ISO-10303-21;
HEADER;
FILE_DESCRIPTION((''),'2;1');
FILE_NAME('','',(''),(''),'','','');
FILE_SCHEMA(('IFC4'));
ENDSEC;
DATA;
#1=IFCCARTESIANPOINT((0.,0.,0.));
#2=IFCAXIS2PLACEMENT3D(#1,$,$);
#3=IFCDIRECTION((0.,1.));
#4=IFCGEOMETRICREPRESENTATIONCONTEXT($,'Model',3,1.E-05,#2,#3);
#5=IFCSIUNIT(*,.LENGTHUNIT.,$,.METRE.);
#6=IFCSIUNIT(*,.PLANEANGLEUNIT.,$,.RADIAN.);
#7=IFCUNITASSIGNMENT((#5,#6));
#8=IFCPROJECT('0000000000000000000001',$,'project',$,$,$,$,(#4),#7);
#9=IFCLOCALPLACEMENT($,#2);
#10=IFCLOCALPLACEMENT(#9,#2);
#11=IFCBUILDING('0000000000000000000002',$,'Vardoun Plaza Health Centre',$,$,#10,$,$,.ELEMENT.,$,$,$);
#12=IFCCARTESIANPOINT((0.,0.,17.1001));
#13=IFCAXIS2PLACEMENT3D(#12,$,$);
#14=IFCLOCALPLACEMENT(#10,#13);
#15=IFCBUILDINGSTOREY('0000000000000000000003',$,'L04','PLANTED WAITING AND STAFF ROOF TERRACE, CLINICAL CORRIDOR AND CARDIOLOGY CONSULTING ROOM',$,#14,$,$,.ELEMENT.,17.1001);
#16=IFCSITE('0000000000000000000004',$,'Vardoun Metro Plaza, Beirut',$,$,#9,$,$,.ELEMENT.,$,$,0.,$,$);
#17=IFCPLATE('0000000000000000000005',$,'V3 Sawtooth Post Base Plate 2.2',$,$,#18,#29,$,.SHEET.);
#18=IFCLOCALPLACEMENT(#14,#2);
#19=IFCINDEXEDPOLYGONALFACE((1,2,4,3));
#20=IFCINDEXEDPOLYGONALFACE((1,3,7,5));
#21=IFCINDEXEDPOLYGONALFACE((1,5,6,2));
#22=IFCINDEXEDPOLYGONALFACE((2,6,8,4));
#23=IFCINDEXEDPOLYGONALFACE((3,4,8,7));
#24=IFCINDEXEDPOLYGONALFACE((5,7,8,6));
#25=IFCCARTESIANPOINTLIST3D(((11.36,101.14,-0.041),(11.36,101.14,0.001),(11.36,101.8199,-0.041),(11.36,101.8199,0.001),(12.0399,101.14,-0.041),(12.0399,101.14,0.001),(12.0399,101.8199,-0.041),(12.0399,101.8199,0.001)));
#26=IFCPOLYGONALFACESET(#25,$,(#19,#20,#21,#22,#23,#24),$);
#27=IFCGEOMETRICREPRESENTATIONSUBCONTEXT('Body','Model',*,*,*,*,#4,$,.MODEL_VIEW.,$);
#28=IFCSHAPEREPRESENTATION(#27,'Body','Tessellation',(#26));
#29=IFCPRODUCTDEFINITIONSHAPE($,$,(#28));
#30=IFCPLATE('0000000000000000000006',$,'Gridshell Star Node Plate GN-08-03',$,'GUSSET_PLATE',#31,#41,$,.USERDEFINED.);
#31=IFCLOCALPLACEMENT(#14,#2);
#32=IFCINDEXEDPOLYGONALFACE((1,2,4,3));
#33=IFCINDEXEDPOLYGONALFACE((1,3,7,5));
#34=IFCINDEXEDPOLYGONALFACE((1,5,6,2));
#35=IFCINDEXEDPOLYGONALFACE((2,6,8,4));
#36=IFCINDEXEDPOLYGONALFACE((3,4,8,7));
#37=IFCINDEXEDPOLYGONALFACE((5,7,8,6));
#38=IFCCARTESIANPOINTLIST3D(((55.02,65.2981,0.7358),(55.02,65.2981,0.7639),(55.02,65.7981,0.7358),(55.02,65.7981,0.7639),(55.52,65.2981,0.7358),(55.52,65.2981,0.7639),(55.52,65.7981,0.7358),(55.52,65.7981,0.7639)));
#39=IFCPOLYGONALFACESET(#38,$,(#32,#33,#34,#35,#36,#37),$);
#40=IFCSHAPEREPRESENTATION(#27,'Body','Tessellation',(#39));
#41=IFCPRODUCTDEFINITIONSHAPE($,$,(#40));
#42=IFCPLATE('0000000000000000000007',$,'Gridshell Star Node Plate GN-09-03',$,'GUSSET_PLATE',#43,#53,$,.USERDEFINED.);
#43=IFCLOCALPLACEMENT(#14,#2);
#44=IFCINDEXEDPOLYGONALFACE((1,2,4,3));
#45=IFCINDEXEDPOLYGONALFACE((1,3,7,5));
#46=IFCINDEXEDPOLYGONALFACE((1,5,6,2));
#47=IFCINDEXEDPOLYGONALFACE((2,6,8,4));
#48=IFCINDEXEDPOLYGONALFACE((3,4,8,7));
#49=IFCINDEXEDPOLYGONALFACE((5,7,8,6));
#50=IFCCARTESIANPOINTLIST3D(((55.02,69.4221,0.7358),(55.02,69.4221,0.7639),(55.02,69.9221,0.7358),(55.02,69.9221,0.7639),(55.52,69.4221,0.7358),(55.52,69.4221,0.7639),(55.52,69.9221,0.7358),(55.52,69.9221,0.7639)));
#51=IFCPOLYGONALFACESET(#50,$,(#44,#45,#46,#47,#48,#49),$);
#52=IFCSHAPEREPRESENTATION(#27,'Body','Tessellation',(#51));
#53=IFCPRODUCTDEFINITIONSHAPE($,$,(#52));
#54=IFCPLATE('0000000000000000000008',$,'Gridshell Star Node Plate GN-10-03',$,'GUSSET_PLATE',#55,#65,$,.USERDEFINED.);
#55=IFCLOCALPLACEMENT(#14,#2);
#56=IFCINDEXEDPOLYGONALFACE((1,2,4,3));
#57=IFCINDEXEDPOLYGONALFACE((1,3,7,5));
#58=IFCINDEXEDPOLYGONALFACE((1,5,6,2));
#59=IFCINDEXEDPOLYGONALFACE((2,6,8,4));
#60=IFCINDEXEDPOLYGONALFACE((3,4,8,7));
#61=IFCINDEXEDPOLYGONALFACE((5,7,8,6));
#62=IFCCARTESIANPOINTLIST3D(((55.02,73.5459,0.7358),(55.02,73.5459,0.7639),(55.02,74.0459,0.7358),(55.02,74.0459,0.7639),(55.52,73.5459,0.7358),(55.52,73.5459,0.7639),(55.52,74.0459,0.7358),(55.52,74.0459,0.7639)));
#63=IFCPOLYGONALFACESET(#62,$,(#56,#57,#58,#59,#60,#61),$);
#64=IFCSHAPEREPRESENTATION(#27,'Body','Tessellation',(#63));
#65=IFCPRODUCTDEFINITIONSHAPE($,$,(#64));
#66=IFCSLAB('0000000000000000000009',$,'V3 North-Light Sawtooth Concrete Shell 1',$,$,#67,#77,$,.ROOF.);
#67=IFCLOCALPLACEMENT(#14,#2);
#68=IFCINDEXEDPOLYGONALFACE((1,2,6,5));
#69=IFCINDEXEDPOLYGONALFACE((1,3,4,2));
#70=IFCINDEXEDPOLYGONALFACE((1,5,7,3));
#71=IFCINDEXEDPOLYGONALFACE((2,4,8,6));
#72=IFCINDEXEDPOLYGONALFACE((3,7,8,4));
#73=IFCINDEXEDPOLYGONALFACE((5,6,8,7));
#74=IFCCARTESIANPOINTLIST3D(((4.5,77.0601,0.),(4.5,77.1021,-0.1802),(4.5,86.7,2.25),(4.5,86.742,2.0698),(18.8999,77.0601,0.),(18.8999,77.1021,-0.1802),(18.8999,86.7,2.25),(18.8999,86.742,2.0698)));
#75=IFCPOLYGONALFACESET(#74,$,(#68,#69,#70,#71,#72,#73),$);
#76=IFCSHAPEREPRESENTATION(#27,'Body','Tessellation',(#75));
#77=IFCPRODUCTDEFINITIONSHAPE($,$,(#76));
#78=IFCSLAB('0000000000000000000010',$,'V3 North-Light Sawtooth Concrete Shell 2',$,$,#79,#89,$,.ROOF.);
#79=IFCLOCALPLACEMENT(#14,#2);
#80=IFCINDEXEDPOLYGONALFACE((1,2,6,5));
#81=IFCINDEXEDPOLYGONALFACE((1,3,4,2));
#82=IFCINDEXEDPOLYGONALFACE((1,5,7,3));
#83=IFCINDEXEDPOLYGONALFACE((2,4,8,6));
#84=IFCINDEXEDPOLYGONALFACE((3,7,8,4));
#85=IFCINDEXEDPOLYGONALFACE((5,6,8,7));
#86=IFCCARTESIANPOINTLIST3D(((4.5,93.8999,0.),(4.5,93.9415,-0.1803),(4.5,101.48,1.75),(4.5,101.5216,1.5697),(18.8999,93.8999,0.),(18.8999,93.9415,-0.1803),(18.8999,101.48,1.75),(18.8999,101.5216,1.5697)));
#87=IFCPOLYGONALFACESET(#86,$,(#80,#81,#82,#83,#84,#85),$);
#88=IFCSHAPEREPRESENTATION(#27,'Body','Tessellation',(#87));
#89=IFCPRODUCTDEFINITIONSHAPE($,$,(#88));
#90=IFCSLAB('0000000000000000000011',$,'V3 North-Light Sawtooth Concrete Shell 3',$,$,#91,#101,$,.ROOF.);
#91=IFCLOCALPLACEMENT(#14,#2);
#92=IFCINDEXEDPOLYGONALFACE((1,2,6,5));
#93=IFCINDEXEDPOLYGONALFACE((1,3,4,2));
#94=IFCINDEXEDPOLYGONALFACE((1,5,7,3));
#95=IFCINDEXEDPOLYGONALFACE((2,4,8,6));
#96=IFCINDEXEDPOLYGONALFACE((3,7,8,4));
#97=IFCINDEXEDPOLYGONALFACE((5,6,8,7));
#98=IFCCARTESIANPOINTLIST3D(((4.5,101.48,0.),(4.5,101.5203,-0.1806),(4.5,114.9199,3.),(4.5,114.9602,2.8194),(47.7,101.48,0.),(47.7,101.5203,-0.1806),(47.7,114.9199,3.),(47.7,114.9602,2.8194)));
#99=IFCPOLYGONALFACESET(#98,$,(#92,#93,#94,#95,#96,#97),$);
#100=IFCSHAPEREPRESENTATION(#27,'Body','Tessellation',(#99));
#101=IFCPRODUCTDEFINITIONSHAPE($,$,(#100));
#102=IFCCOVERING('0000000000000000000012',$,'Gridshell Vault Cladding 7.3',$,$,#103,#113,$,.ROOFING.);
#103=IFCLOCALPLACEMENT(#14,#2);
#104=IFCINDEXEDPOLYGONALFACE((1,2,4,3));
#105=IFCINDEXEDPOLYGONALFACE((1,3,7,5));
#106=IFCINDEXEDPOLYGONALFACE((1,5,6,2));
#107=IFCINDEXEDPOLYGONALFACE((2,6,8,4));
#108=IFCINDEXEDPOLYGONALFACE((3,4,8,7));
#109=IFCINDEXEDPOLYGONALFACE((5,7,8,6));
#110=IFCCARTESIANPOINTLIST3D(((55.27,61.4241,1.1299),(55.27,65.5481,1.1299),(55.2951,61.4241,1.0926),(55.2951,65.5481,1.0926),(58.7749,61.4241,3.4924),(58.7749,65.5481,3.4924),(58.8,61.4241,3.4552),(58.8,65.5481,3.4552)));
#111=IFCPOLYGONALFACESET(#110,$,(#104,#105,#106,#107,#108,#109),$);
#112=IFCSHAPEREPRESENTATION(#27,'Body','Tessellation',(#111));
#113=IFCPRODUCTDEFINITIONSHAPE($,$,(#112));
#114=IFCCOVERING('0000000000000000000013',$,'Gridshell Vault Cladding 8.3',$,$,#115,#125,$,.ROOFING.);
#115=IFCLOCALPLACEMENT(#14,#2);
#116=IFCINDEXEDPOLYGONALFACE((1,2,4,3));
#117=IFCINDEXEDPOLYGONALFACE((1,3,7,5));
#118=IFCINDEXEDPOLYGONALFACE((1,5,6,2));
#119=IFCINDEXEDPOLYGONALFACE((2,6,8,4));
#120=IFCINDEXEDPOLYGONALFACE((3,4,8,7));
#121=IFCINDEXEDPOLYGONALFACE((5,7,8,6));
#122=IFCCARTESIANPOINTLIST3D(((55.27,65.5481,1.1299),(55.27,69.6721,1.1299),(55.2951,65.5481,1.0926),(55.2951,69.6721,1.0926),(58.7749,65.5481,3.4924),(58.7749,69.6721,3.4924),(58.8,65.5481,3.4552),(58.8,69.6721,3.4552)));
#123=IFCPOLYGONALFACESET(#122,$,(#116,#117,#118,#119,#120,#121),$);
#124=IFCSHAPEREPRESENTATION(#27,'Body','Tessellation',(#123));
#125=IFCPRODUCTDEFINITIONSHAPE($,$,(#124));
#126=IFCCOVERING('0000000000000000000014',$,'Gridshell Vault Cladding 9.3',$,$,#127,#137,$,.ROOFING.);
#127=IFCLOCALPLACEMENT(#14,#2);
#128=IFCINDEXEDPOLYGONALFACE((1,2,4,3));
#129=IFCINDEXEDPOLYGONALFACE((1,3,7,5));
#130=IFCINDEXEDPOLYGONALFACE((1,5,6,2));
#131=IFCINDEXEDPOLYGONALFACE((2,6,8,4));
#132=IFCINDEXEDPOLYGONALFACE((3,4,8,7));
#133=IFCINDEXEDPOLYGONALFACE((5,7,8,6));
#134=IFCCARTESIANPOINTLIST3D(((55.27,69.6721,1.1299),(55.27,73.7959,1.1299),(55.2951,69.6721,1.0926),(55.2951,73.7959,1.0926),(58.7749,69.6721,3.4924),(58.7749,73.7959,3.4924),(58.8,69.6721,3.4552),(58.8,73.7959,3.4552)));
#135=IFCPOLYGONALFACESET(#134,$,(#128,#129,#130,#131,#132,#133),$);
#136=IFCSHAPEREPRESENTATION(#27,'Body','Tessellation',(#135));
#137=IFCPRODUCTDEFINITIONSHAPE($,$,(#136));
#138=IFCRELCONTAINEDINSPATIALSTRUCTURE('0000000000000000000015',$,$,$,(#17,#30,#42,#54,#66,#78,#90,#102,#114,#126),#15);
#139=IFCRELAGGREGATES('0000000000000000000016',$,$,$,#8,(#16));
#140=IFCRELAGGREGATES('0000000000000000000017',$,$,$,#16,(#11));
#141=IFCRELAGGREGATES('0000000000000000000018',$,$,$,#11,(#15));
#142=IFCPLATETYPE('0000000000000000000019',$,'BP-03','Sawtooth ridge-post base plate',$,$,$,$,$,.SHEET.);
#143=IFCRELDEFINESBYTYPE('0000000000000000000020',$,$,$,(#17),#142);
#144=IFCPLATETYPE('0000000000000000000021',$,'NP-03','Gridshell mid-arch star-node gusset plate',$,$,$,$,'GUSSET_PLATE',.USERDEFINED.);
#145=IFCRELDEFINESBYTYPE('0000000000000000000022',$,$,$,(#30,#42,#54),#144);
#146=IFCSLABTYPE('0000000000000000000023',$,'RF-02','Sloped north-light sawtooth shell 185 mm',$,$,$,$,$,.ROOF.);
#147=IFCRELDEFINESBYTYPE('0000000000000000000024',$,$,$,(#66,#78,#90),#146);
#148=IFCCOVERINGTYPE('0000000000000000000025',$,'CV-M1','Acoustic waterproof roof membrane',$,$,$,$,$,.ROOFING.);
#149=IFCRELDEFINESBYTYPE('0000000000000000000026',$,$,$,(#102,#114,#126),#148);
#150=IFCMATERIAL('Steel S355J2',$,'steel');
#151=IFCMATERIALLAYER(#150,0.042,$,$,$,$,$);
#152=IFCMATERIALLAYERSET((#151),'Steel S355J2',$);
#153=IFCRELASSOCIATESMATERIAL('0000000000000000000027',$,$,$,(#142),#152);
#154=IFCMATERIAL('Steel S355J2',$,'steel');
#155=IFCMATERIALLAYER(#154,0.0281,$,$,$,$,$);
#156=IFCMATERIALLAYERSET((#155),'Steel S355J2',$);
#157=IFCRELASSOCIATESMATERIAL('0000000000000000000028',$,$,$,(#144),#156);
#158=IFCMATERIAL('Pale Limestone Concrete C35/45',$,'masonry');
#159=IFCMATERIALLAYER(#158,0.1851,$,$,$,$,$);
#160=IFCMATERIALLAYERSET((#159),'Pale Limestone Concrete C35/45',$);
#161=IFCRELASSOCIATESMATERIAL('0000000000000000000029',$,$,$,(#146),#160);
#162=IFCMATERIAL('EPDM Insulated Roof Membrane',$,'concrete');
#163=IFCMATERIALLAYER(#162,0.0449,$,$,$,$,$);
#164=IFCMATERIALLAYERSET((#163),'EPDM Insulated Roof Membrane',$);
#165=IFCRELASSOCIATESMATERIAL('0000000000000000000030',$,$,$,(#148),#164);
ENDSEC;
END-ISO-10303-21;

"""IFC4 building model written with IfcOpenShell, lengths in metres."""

from ifc_helpers import new_model, si_unit, direction, frame, origin, origin_2d, place, context, subcontext, project, spatial, polyline, rectangle, outline, extrude, material, layer, layer_set, type_object, element, save


model = new_model("IFC4")

# Units and contexts
model_context = context("Model", 3, precision=1e-05, world=origin(), true_north=direction((0.0, 1.0)))
body_context = subcontext(model_context, "Body", "Model", "MODEL_VIEW")
ifc_project = project(units=[si_unit("LENGTHUNIT", "METRE"), si_unit("PLANEANGLEUNIT", "RADIAN")], contexts=[model_context])

# Site, building, storey
site_placement = place(None, origin())
site = spatial("IfcSite", under=ifc_project, at=site_placement, Name="Vardoun Metro Plaza, Beirut", CompositionType="ELEMENT", RefElevation=0.0)
building_placement = place(site_placement, origin())
building = spatial("IfcBuilding", under=site, at=building_placement, Name="Vardoun Plaza Health Centre", CompositionType="ELEMENT")
storey_placement = place(building_placement, frame((0.0, 0.0, 17.1001)))
storey = spatial("IfcBuildingStorey", under=building, at=storey_placement, Name="L04", Description="PLANTED WAITING AND STAFF ROOF TERRACE, CLINICAL CORRIDOR AND CARDIOLOGY CONSULTING ROOM", CompositionType="ELEMENT", Elevation=17.1001)

# Plates
ifc_material_1 = material(Name="Steel S355J2", Category="steel")
ifc_layer_1 = layer(ifc_material_1, 0.042)
ifc_layer_set_1 = layer_set([ifc_layer_1], Name="Steel S355J2")
plate_type_1 = type_object("IfcPlateType", Name="BP-03", Description="Sawtooth ridge-post base plate", PredefinedType="SHEET", material=ifc_layer_set_1)
for number, where, z_axis, x_axis, name in (
    (1, (11.7, 101.48, -0.041), (0.0, 0.0, 1.0), (1.0, 0.0, 0.0), "V3 Sawtooth Post Base Plate 2.2"),
):
    element("IfcPlate", number, at=place(storey_placement, frame(where, z_axis=z_axis, x_axis=x_axis)), inside=storey, type_object=plate_type_1, Name=name, PredefinedType="SHEET", context=body_context, shape_type="SweptSolid", body=[
        extrude(rectangle(XDim=0.6799, YDim=0.6799, at=origin_2d()), origin(), (0.0, 0.0, 1.0), 0.042),
    ])
ifc_material_2 = material(Name="Steel S355J2", Category="steel")
ifc_layer_2 = layer(ifc_material_2, 0.0281)
ifc_layer_set_2 = layer_set([ifc_layer_2], Name="Steel S355J2")
plate_type_2 = type_object("IfcPlateType", Name="NP-03", Description="Gridshell mid-arch star-node gusset plate", ElementType="GUSSET_PLATE", PredefinedType="USERDEFINED", material=ifc_layer_set_2)
for number, where, z_axis, x_axis, name in (
    (2, (55.27, 65.5481, 0.7358), (0.0, 0.0, 1.0), (1.0, 0.0, 0.0), "Gridshell Star Node Plate GN-08-03"),
    (3, (55.27, 69.6721, 0.7358), (0.0, 0.0, 1.0), (1.0, 0.0, 0.0), "Gridshell Star Node Plate GN-09-03"),
    (4, (55.27, 73.7959, 0.7358), (0.0, 0.0, 1.0), (1.0, 0.0, 0.0), "Gridshell Star Node Plate GN-10-03"),
):
    element("IfcPlate", number, at=place(storey_placement, frame(where, z_axis=z_axis, x_axis=x_axis)), inside=storey, type_object=plate_type_2, Name=name, ObjectType="GUSSET_PLATE", PredefinedType="USERDEFINED", context=body_context, shape_type="SweptSolid", body=[
        extrude(rectangle(XDim=0.5, YDim=0.5, at=origin_2d()), origin(), (0.0, 0.0, 1.0), 0.0281),
    ])

# Slabs
ifc_material_3 = material(Name="Pale Limestone Concrete C35/45", Category="masonry")
ifc_layer_3 = layer(ifc_material_3, 0.1851)
ifc_layer_set_3 = layer_set([ifc_layer_3], Name="Pale Limestone Concrete C35/45")
slab_type = type_object("IfcSlabType", Name="RF-02", Description="Sloped north-light sawtooth shell 185 mm", PredefinedType="ROOF", material=ifc_layer_set_3)
slab_1_placement = place(storey_placement, frame((4.5, 77.0601, 0.0), z_axis=(0.0, -0.227296, 0.973826), x_axis=(1.0, 0.0, 0.0)))
element("IfcSlab", 5, at=slab_1_placement, inside=storey, type_object=slab_type, Name="V3 North-Light Sawtooth Concrete Shell 1", PredefinedType="ROOF", context=body_context, shape_type="SweptSolid", body=[
    extrude(outline(polyline([(0.0, 0.0), (14.3999, 0.0), (14.3999, 9.899), (0.0, 9.899), (0.0, 0.0)])), origin(), (0.0, 0.0, -1.0), 0.1851),
])
slab_2_placement = place(storey_placement, frame((4.5, 93.8999, 0.0), z_axis=(0.0, -0.224951, 0.97437), x_axis=(1.0, 0.0, 0.0)))
element("IfcSlab", 6, at=slab_2_placement, inside=storey, type_object=slab_type, Name="V3 North-Light Sawtooth Concrete Shell 2", PredefinedType="ROOF", context=body_context, shape_type="SweptSolid", body=[
    extrude(outline(polyline([(0.0, 0.0), (14.3999, 0.0), (14.3999, 7.7795), (0.0, 7.7795), (0.0, 0.0)])), origin(), (0.0, 0.0, -1.0), 0.1851),
])
slab_3_placement = place(storey_placement, frame((4.5, 101.48, 0.0), z_axis=(0.0, -0.217854, 0.975981), x_axis=(1.0, 0.0, 0.0)))
element("IfcSlab", 7, at=slab_3_placement, inside=storey, type_object=slab_type, Name="V3 North-Light Sawtooth Concrete Shell 3", PredefinedType="ROOF", context=body_context, shape_type="SweptSolid", body=[
    extrude(outline(polyline([(0.0, 0.0), (43.2, 0.0), (43.2, 13.7707), (0.0, 13.7707), (0.0, 0.0)])), origin(), (0.0, 0.0, -1.0), 0.1851),
])

# Coverings
ifc_material_4 = material(Name="EPDM Insulated Roof Membrane", Category="concrete")
ifc_layer_4 = layer(ifc_material_4, 0.0449)
ifc_layer_set_4 = layer_set([ifc_layer_4], Name="EPDM Insulated Roof Membrane")
covering_type = type_object("IfcCoveringType", Name="CV-M1", Description="Acoustic waterproof roof membrane", PredefinedType="ROOFING", material=ifc_layer_set_4)
for number, where, z_axis, x_axis, name in (
    (8, (55.27, 61.4241, 1.1299), (-0.558945, 0.0, 0.829205), (0.829205, 0.0, 0.558945), "Gridshell Vault Cladding 7.3"),
    (9, (55.27, 65.5481, 1.1299), (-0.558945, 0.0, 0.829205), (0.829205, 0.0, 0.558945), "Gridshell Vault Cladding 8.3"),
):
    element("IfcCovering", number, at=place(storey_placement, frame(where, z_axis=z_axis, x_axis=x_axis)), inside=storey, type_object=covering_type, Name=name, PredefinedType="ROOFING", context=body_context, shape_type="SweptSolid", body=[
        extrude(outline(polyline([(0.0, 0.0), (4.2268, 0.0), (4.2268, 4.124), (0.0, 4.124), (0.0, 0.0)])), origin(), (0.0, 0.0, -1.0), 0.0449),
    ])
covering_placement = place(storey_placement, frame((55.27, 69.6721, 1.1299), z_axis=(-0.558945, 0.0, 0.829205), x_axis=(0.829205, 0.0, 0.558945)))
element("IfcCovering", 10, at=covering_placement, inside=storey, type_object=covering_type, Name="Gridshell Vault Cladding 9.3", PredefinedType="ROOFING", context=body_context, shape_type="SweptSolid", body=[
    extrude(outline(polyline([(0.0, 0.0), (4.2268, 0.0), (4.2268, 4.1238), (0.0, 4.1238), (0.0, 0.0)])), origin(), (0.0, 0.0, -1.0), 0.0449),
])

save(model, "model.ifc")
